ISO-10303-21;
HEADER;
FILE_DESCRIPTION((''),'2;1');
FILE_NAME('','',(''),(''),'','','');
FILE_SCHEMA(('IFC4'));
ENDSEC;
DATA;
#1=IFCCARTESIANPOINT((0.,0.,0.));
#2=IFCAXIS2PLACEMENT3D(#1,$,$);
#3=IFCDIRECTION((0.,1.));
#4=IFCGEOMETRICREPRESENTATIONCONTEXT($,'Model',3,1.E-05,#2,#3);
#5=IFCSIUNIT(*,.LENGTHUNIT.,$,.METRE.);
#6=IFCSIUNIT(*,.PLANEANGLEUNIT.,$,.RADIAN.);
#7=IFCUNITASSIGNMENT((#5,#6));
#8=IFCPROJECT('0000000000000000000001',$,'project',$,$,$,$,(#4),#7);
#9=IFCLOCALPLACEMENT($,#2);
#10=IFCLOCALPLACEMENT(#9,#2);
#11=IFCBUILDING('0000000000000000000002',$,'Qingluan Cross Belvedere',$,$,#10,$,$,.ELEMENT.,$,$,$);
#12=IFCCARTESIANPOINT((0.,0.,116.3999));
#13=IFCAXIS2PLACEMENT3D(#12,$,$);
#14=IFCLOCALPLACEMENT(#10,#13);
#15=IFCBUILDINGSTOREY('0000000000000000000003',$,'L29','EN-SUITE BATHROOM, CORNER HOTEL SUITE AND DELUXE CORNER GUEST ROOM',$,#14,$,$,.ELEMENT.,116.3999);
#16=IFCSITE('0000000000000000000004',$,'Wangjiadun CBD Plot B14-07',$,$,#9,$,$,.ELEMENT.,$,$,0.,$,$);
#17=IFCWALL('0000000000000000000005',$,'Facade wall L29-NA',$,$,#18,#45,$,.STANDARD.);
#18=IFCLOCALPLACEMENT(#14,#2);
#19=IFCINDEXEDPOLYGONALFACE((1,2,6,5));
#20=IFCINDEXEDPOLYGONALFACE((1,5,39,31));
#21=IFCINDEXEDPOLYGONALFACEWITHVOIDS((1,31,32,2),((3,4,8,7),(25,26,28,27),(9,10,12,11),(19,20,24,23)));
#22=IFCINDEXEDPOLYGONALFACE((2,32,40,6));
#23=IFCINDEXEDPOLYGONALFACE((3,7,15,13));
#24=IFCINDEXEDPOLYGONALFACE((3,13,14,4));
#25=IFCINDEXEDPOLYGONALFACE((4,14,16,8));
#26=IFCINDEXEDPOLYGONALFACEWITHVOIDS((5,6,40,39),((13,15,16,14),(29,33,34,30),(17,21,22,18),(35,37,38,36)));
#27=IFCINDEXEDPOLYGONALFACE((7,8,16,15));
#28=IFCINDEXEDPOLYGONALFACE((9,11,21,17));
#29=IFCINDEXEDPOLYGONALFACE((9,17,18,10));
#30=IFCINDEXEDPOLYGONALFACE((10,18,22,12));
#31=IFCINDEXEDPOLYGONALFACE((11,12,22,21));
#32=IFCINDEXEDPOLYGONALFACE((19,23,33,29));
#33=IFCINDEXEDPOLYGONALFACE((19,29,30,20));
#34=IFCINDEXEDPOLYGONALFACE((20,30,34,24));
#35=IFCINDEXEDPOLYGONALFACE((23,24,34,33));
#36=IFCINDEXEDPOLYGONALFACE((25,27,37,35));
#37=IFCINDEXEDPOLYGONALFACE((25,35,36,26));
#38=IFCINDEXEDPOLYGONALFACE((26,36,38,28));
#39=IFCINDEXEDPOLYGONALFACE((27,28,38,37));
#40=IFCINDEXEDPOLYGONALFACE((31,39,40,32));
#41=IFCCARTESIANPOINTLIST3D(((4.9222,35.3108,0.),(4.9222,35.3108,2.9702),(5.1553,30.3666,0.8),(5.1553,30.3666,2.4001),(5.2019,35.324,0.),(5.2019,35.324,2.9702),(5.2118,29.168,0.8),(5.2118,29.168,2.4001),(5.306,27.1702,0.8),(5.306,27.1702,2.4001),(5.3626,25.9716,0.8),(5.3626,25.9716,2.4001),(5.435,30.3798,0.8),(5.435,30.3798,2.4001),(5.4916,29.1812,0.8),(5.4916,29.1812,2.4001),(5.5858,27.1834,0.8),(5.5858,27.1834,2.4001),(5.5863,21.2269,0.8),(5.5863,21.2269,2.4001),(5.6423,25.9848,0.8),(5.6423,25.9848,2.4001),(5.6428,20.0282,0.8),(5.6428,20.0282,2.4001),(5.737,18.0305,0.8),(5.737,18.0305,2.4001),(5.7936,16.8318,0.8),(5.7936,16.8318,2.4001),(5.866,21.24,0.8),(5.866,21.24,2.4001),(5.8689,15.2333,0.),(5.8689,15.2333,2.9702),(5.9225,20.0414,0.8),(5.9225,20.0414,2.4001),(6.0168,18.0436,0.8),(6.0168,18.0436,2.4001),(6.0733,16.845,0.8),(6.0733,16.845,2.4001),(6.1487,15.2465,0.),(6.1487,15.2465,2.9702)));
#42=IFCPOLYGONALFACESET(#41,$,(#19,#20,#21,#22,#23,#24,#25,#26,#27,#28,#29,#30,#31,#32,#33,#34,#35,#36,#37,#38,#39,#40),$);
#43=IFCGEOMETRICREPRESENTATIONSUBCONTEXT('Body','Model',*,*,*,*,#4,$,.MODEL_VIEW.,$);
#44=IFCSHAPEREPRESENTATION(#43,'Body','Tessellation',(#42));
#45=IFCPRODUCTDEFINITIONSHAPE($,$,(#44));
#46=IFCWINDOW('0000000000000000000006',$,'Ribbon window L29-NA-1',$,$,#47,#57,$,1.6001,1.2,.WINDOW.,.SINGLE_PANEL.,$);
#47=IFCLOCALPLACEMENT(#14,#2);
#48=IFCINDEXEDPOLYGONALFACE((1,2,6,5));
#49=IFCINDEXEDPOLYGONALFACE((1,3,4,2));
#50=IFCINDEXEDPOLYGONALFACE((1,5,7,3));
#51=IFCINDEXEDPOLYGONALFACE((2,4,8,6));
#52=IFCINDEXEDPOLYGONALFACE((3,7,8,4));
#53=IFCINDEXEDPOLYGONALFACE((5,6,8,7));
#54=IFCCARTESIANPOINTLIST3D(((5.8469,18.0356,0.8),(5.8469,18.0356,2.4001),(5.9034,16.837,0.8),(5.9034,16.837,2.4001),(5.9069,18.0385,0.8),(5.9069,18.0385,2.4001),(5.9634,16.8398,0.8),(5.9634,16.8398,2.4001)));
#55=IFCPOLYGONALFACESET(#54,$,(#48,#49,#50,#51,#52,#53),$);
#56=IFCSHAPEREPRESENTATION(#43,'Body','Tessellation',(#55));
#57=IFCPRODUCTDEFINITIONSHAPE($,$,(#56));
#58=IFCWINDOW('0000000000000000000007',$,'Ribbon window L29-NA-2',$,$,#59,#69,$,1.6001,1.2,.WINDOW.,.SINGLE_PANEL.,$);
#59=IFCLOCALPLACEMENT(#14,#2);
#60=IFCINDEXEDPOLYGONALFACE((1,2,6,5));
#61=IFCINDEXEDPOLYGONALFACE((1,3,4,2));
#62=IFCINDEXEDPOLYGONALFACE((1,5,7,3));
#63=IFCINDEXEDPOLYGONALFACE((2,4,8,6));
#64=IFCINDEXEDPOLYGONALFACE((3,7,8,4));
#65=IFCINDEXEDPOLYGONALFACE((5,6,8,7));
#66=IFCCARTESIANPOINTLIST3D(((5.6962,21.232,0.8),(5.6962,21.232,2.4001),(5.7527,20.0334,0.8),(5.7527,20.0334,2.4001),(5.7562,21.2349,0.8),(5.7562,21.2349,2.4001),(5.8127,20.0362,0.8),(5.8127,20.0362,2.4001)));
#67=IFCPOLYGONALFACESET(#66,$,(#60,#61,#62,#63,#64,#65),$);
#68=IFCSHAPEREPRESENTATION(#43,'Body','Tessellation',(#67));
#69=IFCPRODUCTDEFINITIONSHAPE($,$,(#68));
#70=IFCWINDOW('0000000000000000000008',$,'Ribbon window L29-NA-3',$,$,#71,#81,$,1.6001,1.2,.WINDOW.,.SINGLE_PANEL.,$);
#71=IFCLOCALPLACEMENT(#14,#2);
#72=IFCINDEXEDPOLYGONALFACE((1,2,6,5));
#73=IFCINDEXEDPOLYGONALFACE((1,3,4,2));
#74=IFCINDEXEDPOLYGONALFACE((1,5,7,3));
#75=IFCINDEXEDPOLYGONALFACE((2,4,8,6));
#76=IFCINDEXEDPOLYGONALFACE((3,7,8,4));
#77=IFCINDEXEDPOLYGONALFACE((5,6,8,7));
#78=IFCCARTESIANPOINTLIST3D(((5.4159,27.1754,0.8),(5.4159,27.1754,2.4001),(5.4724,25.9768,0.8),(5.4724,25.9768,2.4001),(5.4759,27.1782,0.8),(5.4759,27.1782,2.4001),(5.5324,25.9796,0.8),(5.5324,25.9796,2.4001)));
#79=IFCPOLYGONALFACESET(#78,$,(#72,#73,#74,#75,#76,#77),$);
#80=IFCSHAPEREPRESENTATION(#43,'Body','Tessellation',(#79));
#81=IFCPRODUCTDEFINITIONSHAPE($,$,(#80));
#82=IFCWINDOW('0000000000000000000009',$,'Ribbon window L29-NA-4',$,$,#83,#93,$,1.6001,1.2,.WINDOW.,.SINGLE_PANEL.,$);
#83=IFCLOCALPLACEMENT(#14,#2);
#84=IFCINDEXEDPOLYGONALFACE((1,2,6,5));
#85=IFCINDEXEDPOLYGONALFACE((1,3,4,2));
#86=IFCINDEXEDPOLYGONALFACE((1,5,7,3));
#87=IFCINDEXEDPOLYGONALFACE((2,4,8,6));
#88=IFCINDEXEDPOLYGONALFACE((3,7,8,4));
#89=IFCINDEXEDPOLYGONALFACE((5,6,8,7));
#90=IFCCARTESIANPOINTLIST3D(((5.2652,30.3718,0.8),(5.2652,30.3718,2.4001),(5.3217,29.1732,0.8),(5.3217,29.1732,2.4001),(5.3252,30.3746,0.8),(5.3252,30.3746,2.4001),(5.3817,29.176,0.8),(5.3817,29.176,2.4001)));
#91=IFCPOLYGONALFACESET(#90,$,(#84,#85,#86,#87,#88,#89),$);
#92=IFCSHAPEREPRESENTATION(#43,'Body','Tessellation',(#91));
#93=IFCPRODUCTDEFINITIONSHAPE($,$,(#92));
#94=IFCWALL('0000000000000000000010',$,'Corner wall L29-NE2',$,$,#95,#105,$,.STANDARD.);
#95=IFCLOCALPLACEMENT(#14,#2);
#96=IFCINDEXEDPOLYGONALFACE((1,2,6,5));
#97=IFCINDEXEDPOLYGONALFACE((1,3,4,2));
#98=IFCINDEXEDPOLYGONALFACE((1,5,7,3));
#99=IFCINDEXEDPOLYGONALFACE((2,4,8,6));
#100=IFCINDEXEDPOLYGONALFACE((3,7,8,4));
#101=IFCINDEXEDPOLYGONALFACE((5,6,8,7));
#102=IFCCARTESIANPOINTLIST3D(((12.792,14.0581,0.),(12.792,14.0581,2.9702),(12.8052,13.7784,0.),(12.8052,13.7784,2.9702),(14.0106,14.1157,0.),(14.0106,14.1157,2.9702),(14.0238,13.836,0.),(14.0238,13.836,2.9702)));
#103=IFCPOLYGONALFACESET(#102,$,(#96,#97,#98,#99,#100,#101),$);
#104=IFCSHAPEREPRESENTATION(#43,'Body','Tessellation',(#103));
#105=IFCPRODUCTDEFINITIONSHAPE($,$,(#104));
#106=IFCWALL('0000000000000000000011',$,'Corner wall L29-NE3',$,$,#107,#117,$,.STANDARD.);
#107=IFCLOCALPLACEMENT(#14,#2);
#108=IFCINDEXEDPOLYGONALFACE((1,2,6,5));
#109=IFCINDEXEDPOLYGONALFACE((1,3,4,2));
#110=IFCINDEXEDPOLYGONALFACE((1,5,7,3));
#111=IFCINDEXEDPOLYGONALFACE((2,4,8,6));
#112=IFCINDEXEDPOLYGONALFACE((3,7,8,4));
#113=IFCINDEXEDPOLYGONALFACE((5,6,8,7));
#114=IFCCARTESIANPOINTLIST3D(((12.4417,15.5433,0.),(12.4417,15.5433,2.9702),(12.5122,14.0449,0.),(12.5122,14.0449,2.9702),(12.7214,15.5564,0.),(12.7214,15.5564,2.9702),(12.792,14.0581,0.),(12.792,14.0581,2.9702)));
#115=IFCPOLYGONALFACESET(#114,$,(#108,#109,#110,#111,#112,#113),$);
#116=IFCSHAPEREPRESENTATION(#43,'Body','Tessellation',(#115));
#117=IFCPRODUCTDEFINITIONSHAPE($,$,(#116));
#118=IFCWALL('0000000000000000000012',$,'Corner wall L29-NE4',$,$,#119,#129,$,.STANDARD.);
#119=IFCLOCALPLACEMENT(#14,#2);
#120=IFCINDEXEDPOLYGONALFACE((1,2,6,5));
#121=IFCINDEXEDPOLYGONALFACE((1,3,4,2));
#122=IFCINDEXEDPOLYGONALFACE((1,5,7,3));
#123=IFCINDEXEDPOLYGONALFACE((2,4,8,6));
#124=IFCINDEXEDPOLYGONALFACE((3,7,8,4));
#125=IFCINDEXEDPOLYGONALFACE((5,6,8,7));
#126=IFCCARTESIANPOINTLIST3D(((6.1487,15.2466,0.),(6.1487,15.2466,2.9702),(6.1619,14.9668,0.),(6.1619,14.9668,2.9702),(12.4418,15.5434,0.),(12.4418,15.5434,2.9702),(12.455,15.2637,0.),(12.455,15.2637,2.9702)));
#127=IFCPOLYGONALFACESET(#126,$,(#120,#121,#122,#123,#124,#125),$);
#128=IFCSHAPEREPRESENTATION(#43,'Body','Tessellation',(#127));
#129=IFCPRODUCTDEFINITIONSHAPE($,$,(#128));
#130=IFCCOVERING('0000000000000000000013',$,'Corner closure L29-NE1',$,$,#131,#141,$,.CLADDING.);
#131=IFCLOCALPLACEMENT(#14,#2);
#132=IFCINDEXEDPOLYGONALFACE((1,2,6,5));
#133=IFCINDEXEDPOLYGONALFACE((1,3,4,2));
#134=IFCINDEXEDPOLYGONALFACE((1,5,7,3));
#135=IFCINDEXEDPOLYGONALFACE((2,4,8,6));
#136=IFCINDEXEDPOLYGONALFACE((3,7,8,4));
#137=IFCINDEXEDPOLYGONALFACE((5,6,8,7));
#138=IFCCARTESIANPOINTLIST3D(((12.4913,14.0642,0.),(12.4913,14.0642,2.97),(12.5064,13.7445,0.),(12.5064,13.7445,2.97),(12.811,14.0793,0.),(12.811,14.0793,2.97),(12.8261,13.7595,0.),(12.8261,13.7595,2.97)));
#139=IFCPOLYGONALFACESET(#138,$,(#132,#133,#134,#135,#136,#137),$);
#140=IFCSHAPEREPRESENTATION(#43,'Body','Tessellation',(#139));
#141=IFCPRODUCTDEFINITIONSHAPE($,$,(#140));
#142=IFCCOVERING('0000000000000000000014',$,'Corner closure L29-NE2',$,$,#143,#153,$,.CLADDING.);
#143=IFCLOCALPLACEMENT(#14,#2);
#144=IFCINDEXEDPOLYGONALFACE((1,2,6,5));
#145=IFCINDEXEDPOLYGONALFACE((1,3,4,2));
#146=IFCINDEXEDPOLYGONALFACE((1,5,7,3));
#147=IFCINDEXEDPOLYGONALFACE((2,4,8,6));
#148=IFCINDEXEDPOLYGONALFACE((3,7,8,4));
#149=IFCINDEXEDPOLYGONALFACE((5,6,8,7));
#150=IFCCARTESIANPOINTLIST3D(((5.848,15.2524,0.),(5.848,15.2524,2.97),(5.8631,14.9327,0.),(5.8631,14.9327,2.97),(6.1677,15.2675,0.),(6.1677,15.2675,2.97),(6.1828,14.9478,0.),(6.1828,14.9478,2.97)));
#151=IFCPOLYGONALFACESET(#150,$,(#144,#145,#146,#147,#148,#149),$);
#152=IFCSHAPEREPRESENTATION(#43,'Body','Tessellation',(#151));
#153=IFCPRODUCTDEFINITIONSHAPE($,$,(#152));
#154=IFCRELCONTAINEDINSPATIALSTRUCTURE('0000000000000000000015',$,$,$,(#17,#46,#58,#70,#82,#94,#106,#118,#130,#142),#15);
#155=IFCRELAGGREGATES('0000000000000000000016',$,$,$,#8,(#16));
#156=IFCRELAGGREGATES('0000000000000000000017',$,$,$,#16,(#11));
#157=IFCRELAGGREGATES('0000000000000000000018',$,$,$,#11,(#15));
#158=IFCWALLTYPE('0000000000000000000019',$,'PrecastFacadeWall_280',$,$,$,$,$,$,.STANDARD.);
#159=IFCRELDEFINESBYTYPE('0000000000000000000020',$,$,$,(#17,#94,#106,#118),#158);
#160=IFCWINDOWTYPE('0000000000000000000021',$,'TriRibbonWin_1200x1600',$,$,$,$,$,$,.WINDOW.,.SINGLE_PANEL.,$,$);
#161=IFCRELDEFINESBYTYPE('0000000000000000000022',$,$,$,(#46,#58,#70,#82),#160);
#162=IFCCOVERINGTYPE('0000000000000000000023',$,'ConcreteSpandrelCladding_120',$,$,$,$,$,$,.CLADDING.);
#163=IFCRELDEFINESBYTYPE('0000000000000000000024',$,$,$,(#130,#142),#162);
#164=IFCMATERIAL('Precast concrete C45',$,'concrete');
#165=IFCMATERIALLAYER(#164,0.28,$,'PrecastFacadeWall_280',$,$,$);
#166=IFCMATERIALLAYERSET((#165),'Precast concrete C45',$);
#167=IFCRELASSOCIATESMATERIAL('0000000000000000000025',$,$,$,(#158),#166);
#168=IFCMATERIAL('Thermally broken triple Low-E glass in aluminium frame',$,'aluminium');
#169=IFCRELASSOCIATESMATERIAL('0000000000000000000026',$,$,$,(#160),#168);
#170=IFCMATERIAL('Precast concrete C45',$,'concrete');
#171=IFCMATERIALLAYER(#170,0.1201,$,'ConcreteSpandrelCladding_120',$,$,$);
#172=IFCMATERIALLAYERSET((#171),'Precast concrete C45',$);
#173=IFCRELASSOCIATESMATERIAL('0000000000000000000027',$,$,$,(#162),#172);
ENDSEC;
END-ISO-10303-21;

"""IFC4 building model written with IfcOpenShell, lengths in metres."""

from ifc_helpers import new_model, si_unit, direction, frame, frame_2d, origin, origin_2d, place, context, subcontext, project, spatial, rectangle, extrude, material, layer, layer_set, type_object, element, fill, save


model = new_model("IFC4")

# Units and contexts
model_context = context("Model", 3, precision=1e-05, world=origin(), true_north=direction((0.0, 1.0)))
body_context = subcontext(model_context, "Body", "Model", "MODEL_VIEW")
ifc_project = project(units=[si_unit("LENGTHUNIT", "METRE"), si_unit("PLANEANGLEUNIT", "RADIAN")], contexts=[model_context])

# Site, building, storey
site_placement = place(None, origin())
site = spatial("IfcSite", under=ifc_project, at=site_placement, Name="Wangjiadun CBD Plot B14-07", CompositionType="ELEMENT", RefElevation=0.0)
building_placement = place(site_placement, origin())
building = spatial("IfcBuilding", under=site, at=building_placement, Name="Qingluan Cross Belvedere", CompositionType="ELEMENT")
storey_placement = place(building_placement, frame((0.0, 0.0, 116.3999)))
storey = spatial("IfcBuildingStorey", under=building, at=storey_placement, Name="L29", Description="EN-SUITE BATHROOM, CORNER HOTEL SUITE AND DELUXE CORNER GUEST ROOM", CompositionType="ELEMENT", Elevation=116.3999)

# Wall, openings, windows
ifc_material_1 = material(Name="Precast concrete C45", Category="concrete")
ifc_layer_1 = layer(ifc_material_1, 0.28, Name="PrecastFacadeWall_280")
ifc_layer_set_1 = layer_set([ifc_layer_1], Name="Precast concrete C45")
wall_type_1 = type_object("IfcWallType", Name="PrecastFacadeWall_280", PredefinedType="STANDARD", material=ifc_layer_set_1)
wall_1_placement = place(storey_placement, frame((6.0088, 15.24, 0.0), z_axis=(0.0, 0.0, 1.0), x_axis=(-0.047103, 0.99889, 0.0)))
wall_1 = element("IfcWall", 1, at=wall_1_placement, inside=storey, type_object=wall_type_1, Name="Facade wall L29-NA", PredefinedType="STANDARD", context=body_context, shape_type="SweptSolid", body=[
    extrude(rectangle(XDim=20.0999, YDim=0.28, at=frame_2d((10.0498, 0.0))), origin(), (0.0, 0.0, 1.0), 2.9702),
])
opening_1_placement = place(wall_1_placement, frame((1.6001, 0.0, 0.8)))
opening_1 = element("IfcOpeningElement", 2, at=opening_1_placement, cuts=wall_1, PredefinedType="OPENING", context=body_context, shape_type="SweptSolid", body=[
    extrude(rectangle(XDim=1.2, YDim=1.6001, at=frame_2d((0.6001, 0.8))), frame((0.0, 0.1499, 0.0), z_axis=(0.0, -1.0, 0.0), x_axis=(1.0, 0.0, 0.0)), (0.0, 0.0, 1.0), 0.3),
])
opening_2_placement = place(wall_1_placement, frame((4.8, 0.0, 0.8)))
opening_2 = element("IfcOpeningElement", 3, at=opening_2_placement, cuts=wall_1, PredefinedType="OPENING", context=body_context, shape_type="SweptSolid", body=[
    extrude(rectangle(XDim=1.2, YDim=1.6001, at=frame_2d((0.6001, 0.8))), frame((0.0, 0.1499, 0.0), z_axis=(0.0, -1.0, 0.0), x_axis=(1.0, 0.0, 0.0)), (0.0, 0.0, 1.0), 0.3),
])
opening_3_placement = place(wall_1_placement, frame((10.75, 0.0, 0.8)))
opening_3 = element("IfcOpeningElement", 4, at=opening_3_placement, cuts=wall_1, PredefinedType="OPENING", context=body_context, shape_type="SweptSolid", body=[
    extrude(rectangle(XDim=1.2, YDim=1.6001, at=frame_2d((0.6001, 0.8))), frame((0.0, 0.1499, 0.0), z_axis=(0.0, -1.0, 0.0), x_axis=(1.0, 0.0, 0.0)), (0.0, 0.0, 1.0), 0.3),
])
opening_4_placement = place(wall_1_placement, frame((13.95, 0.0, 0.8)))
opening_4 = element("IfcOpeningElement", 5, at=opening_4_placement, cuts=wall_1, PredefinedType="OPENING", context=body_context, shape_type="SweptSolid", body=[
    extrude(rectangle(XDim=1.2, YDim=1.6001, at=frame_2d((0.6001, 0.8))), frame((0.0, 0.1499, 0.0), z_axis=(0.0, -1.0, 0.0), x_axis=(1.0, 0.0, 0.0)), (0.0, 0.0, 1.0), 0.3),
])
ifc_material_2 = material(Name="Thermally broken triple Low-E glass in aluminium frame", Category="aluminium")
window_type = type_object("IfcWindowType", Name="TriRibbonWin_1200x1600", PartitioningType="SINGLE_PANEL", PredefinedType="WINDOW", material=ifc_material_2)
window_1_placement = place(opening_1_placement, origin())
window_1 = element("IfcWindow", 6, at=window_1_placement, inside=storey, type_object=window_type, Name="Ribbon window L29-NA-1", OverallHeight=1.6001, OverallWidth=1.2, PartitioningType="SINGLE_PANEL", PredefinedType="WINDOW", context=body_context, shape_type="SweptSolid", body=[
    extrude(rectangle(XDim=1.2, YDim=1.6001, at=frame_2d((0.6001, 0.8))), frame((0.0, 0.03, 0.0), z_axis=(0.0, -1.0, 0.0), x_axis=(1.0, 0.0, 0.0)), (0.0, 0.0, 1.0), 0.0601),
])
fill(opening_1, window_1)
window_2_placement = place(opening_2_placement, origin())
window_2 = element("IfcWindow", 7, at=window_2_placement, inside=storey, type_object=window_type, Name="Ribbon window L29-NA-2", OverallHeight=1.6001, OverallWidth=1.2, PartitioningType="SINGLE_PANEL", PredefinedType="WINDOW", context=body_context, shape_type="SweptSolid", body=[
    extrude(rectangle(XDim=1.2, YDim=1.6001, at=frame_2d((0.6001, 0.8))), frame((0.0, 0.03, 0.0), z_axis=(0.0, -1.0, 0.0), x_axis=(1.0, 0.0, 0.0)), (0.0, 0.0, 1.0), 0.0601),
])
fill(opening_2, window_2)
window_3_placement = place(opening_3_placement, origin())
window_3 = element("IfcWindow", 8, at=window_3_placement, inside=storey, type_object=window_type, Name="Ribbon window L29-NA-3", OverallHeight=1.6001, OverallWidth=1.2, PartitioningType="SINGLE_PANEL", PredefinedType="WINDOW", context=body_context, shape_type="SweptSolid", body=[
    extrude(rectangle(XDim=1.2, YDim=1.6001, at=frame_2d((0.6001, 0.8))), frame((0.0, 0.03, 0.0), z_axis=(0.0, -1.0, 0.0), x_axis=(1.0, 0.0, 0.0)), (0.0, 0.0, 1.0), 0.0601),
])
fill(opening_3, window_3)
window_4_placement = place(opening_4_placement, origin())
window_4 = element("IfcWindow", 9, at=window_4_placement, inside=storey, type_object=window_type, Name="Ribbon window L29-NA-4", OverallHeight=1.6001, OverallWidth=1.2, PartitioningType="SINGLE_PANEL", PredefinedType="WINDOW", context=body_context, shape_type="SweptSolid", body=[
    extrude(rectangle(XDim=1.2, YDim=1.6001, at=frame_2d((0.6001, 0.8))), frame((0.0, 0.03, 0.0), z_axis=(0.0, -1.0, 0.0), x_axis=(1.0, 0.0, 0.0)), (0.0, 0.0, 1.0), 0.0601),
])
fill(opening_4, window_4)

# Walls
wall_2_placement = place(storey_placement, frame((14.0171, 13.9758, 0.0), z_axis=(0.0, 0.0, 1.0), x_axis=(-0.998884, -0.047232, 0.0)))
element("IfcWall", 10, at=wall_2_placement, inside=storey, type_object=wall_type_1, Name="Corner wall L29-NE2", PredefinedType="STANDARD", context=body_context, shape_type="SweptSolid", body=[
    extrude(rectangle(XDim=1.22, YDim=0.28, at=frame_2d((0.6099, 0.0))), origin(), (0.0, 0.0, 1.0), 2.9702),
])
wall_3_placement = place(storey_placement, frame((12.6521, 14.0515, 0.0), z_axis=(0.0, 0.0, 1.0), x_axis=(-0.047039, 0.998893, 0.0)))
element("IfcWall", 11, at=wall_3_placement, inside=storey, type_object=wall_type_1, Name="Corner wall L29-NE3", PredefinedType="STANDARD", context=body_context, shape_type="SweptSolid", body=[
    extrude(rectangle(XDim=1.5, YDim=0.28, at=frame_2d((0.75, 0.0))), origin(), (0.0, 0.0, 1.0), 2.9702),
])
wall_4_placement = place(storey_placement, frame((12.4482, 15.4036, 0.0), z_axis=(0.0, 0.0, 1.0), x_axis=(-0.998889, -0.047123, 0.0)))
element("IfcWall", 12, at=wall_4_placement, inside=storey, type_object=wall_type_1, Name="Corner wall L29-NE4", PredefinedType="STANDARD", context=body_context, shape_type="SweptSolid", body=[
    extrude(rectangle(XDim=6.3, YDim=0.28, at=frame_2d((3.1499, 0.0))), origin(), (0.0, 0.0, 1.0), 2.9702),
])

# Coverings
ifc_material_3 = material(Name="Precast concrete C45", Category="concrete")
ifc_layer_2 = layer(ifc_material_3, 0.1201, Name="ConcreteSpandrelCladding_120")
ifc_layer_set_2 = layer_set([ifc_layer_2], Name="Precast concrete C45")
covering_type = type_object("IfcCoveringType", Name="ConcreteSpandrelCladding_120", PredefinedType="CLADDING", material=ifc_layer_set_2)
for number, where, z_axis, x_axis, name in (
    (13, (12.6587, 13.9119, 0.0), (0.0, 0.0, 1.0), (0.99889, 0.047106, 0.0), "Corner closure L29-NE1"),
    (14, (6.0154, 15.1001, 0.0), (0.0, 0.0, 1.0), (0.99889, 0.047106, 0.0), "Corner closure L29-NE2"),
):
    element("IfcCovering", number, at=place(storey_placement, frame(where, z_axis=z_axis, x_axis=x_axis)), inside=storey, type_object=covering_type, Name=name, PredefinedType="CLADDING", context=body_context, shape_type="SweptSolid", body=[
        extrude(rectangle(XDim=0.3201, YDim=0.3201, at=origin_2d()), origin(), (0.0, 0.0, 1.0), 2.97),
    ])

save(model, "model.ifc")
